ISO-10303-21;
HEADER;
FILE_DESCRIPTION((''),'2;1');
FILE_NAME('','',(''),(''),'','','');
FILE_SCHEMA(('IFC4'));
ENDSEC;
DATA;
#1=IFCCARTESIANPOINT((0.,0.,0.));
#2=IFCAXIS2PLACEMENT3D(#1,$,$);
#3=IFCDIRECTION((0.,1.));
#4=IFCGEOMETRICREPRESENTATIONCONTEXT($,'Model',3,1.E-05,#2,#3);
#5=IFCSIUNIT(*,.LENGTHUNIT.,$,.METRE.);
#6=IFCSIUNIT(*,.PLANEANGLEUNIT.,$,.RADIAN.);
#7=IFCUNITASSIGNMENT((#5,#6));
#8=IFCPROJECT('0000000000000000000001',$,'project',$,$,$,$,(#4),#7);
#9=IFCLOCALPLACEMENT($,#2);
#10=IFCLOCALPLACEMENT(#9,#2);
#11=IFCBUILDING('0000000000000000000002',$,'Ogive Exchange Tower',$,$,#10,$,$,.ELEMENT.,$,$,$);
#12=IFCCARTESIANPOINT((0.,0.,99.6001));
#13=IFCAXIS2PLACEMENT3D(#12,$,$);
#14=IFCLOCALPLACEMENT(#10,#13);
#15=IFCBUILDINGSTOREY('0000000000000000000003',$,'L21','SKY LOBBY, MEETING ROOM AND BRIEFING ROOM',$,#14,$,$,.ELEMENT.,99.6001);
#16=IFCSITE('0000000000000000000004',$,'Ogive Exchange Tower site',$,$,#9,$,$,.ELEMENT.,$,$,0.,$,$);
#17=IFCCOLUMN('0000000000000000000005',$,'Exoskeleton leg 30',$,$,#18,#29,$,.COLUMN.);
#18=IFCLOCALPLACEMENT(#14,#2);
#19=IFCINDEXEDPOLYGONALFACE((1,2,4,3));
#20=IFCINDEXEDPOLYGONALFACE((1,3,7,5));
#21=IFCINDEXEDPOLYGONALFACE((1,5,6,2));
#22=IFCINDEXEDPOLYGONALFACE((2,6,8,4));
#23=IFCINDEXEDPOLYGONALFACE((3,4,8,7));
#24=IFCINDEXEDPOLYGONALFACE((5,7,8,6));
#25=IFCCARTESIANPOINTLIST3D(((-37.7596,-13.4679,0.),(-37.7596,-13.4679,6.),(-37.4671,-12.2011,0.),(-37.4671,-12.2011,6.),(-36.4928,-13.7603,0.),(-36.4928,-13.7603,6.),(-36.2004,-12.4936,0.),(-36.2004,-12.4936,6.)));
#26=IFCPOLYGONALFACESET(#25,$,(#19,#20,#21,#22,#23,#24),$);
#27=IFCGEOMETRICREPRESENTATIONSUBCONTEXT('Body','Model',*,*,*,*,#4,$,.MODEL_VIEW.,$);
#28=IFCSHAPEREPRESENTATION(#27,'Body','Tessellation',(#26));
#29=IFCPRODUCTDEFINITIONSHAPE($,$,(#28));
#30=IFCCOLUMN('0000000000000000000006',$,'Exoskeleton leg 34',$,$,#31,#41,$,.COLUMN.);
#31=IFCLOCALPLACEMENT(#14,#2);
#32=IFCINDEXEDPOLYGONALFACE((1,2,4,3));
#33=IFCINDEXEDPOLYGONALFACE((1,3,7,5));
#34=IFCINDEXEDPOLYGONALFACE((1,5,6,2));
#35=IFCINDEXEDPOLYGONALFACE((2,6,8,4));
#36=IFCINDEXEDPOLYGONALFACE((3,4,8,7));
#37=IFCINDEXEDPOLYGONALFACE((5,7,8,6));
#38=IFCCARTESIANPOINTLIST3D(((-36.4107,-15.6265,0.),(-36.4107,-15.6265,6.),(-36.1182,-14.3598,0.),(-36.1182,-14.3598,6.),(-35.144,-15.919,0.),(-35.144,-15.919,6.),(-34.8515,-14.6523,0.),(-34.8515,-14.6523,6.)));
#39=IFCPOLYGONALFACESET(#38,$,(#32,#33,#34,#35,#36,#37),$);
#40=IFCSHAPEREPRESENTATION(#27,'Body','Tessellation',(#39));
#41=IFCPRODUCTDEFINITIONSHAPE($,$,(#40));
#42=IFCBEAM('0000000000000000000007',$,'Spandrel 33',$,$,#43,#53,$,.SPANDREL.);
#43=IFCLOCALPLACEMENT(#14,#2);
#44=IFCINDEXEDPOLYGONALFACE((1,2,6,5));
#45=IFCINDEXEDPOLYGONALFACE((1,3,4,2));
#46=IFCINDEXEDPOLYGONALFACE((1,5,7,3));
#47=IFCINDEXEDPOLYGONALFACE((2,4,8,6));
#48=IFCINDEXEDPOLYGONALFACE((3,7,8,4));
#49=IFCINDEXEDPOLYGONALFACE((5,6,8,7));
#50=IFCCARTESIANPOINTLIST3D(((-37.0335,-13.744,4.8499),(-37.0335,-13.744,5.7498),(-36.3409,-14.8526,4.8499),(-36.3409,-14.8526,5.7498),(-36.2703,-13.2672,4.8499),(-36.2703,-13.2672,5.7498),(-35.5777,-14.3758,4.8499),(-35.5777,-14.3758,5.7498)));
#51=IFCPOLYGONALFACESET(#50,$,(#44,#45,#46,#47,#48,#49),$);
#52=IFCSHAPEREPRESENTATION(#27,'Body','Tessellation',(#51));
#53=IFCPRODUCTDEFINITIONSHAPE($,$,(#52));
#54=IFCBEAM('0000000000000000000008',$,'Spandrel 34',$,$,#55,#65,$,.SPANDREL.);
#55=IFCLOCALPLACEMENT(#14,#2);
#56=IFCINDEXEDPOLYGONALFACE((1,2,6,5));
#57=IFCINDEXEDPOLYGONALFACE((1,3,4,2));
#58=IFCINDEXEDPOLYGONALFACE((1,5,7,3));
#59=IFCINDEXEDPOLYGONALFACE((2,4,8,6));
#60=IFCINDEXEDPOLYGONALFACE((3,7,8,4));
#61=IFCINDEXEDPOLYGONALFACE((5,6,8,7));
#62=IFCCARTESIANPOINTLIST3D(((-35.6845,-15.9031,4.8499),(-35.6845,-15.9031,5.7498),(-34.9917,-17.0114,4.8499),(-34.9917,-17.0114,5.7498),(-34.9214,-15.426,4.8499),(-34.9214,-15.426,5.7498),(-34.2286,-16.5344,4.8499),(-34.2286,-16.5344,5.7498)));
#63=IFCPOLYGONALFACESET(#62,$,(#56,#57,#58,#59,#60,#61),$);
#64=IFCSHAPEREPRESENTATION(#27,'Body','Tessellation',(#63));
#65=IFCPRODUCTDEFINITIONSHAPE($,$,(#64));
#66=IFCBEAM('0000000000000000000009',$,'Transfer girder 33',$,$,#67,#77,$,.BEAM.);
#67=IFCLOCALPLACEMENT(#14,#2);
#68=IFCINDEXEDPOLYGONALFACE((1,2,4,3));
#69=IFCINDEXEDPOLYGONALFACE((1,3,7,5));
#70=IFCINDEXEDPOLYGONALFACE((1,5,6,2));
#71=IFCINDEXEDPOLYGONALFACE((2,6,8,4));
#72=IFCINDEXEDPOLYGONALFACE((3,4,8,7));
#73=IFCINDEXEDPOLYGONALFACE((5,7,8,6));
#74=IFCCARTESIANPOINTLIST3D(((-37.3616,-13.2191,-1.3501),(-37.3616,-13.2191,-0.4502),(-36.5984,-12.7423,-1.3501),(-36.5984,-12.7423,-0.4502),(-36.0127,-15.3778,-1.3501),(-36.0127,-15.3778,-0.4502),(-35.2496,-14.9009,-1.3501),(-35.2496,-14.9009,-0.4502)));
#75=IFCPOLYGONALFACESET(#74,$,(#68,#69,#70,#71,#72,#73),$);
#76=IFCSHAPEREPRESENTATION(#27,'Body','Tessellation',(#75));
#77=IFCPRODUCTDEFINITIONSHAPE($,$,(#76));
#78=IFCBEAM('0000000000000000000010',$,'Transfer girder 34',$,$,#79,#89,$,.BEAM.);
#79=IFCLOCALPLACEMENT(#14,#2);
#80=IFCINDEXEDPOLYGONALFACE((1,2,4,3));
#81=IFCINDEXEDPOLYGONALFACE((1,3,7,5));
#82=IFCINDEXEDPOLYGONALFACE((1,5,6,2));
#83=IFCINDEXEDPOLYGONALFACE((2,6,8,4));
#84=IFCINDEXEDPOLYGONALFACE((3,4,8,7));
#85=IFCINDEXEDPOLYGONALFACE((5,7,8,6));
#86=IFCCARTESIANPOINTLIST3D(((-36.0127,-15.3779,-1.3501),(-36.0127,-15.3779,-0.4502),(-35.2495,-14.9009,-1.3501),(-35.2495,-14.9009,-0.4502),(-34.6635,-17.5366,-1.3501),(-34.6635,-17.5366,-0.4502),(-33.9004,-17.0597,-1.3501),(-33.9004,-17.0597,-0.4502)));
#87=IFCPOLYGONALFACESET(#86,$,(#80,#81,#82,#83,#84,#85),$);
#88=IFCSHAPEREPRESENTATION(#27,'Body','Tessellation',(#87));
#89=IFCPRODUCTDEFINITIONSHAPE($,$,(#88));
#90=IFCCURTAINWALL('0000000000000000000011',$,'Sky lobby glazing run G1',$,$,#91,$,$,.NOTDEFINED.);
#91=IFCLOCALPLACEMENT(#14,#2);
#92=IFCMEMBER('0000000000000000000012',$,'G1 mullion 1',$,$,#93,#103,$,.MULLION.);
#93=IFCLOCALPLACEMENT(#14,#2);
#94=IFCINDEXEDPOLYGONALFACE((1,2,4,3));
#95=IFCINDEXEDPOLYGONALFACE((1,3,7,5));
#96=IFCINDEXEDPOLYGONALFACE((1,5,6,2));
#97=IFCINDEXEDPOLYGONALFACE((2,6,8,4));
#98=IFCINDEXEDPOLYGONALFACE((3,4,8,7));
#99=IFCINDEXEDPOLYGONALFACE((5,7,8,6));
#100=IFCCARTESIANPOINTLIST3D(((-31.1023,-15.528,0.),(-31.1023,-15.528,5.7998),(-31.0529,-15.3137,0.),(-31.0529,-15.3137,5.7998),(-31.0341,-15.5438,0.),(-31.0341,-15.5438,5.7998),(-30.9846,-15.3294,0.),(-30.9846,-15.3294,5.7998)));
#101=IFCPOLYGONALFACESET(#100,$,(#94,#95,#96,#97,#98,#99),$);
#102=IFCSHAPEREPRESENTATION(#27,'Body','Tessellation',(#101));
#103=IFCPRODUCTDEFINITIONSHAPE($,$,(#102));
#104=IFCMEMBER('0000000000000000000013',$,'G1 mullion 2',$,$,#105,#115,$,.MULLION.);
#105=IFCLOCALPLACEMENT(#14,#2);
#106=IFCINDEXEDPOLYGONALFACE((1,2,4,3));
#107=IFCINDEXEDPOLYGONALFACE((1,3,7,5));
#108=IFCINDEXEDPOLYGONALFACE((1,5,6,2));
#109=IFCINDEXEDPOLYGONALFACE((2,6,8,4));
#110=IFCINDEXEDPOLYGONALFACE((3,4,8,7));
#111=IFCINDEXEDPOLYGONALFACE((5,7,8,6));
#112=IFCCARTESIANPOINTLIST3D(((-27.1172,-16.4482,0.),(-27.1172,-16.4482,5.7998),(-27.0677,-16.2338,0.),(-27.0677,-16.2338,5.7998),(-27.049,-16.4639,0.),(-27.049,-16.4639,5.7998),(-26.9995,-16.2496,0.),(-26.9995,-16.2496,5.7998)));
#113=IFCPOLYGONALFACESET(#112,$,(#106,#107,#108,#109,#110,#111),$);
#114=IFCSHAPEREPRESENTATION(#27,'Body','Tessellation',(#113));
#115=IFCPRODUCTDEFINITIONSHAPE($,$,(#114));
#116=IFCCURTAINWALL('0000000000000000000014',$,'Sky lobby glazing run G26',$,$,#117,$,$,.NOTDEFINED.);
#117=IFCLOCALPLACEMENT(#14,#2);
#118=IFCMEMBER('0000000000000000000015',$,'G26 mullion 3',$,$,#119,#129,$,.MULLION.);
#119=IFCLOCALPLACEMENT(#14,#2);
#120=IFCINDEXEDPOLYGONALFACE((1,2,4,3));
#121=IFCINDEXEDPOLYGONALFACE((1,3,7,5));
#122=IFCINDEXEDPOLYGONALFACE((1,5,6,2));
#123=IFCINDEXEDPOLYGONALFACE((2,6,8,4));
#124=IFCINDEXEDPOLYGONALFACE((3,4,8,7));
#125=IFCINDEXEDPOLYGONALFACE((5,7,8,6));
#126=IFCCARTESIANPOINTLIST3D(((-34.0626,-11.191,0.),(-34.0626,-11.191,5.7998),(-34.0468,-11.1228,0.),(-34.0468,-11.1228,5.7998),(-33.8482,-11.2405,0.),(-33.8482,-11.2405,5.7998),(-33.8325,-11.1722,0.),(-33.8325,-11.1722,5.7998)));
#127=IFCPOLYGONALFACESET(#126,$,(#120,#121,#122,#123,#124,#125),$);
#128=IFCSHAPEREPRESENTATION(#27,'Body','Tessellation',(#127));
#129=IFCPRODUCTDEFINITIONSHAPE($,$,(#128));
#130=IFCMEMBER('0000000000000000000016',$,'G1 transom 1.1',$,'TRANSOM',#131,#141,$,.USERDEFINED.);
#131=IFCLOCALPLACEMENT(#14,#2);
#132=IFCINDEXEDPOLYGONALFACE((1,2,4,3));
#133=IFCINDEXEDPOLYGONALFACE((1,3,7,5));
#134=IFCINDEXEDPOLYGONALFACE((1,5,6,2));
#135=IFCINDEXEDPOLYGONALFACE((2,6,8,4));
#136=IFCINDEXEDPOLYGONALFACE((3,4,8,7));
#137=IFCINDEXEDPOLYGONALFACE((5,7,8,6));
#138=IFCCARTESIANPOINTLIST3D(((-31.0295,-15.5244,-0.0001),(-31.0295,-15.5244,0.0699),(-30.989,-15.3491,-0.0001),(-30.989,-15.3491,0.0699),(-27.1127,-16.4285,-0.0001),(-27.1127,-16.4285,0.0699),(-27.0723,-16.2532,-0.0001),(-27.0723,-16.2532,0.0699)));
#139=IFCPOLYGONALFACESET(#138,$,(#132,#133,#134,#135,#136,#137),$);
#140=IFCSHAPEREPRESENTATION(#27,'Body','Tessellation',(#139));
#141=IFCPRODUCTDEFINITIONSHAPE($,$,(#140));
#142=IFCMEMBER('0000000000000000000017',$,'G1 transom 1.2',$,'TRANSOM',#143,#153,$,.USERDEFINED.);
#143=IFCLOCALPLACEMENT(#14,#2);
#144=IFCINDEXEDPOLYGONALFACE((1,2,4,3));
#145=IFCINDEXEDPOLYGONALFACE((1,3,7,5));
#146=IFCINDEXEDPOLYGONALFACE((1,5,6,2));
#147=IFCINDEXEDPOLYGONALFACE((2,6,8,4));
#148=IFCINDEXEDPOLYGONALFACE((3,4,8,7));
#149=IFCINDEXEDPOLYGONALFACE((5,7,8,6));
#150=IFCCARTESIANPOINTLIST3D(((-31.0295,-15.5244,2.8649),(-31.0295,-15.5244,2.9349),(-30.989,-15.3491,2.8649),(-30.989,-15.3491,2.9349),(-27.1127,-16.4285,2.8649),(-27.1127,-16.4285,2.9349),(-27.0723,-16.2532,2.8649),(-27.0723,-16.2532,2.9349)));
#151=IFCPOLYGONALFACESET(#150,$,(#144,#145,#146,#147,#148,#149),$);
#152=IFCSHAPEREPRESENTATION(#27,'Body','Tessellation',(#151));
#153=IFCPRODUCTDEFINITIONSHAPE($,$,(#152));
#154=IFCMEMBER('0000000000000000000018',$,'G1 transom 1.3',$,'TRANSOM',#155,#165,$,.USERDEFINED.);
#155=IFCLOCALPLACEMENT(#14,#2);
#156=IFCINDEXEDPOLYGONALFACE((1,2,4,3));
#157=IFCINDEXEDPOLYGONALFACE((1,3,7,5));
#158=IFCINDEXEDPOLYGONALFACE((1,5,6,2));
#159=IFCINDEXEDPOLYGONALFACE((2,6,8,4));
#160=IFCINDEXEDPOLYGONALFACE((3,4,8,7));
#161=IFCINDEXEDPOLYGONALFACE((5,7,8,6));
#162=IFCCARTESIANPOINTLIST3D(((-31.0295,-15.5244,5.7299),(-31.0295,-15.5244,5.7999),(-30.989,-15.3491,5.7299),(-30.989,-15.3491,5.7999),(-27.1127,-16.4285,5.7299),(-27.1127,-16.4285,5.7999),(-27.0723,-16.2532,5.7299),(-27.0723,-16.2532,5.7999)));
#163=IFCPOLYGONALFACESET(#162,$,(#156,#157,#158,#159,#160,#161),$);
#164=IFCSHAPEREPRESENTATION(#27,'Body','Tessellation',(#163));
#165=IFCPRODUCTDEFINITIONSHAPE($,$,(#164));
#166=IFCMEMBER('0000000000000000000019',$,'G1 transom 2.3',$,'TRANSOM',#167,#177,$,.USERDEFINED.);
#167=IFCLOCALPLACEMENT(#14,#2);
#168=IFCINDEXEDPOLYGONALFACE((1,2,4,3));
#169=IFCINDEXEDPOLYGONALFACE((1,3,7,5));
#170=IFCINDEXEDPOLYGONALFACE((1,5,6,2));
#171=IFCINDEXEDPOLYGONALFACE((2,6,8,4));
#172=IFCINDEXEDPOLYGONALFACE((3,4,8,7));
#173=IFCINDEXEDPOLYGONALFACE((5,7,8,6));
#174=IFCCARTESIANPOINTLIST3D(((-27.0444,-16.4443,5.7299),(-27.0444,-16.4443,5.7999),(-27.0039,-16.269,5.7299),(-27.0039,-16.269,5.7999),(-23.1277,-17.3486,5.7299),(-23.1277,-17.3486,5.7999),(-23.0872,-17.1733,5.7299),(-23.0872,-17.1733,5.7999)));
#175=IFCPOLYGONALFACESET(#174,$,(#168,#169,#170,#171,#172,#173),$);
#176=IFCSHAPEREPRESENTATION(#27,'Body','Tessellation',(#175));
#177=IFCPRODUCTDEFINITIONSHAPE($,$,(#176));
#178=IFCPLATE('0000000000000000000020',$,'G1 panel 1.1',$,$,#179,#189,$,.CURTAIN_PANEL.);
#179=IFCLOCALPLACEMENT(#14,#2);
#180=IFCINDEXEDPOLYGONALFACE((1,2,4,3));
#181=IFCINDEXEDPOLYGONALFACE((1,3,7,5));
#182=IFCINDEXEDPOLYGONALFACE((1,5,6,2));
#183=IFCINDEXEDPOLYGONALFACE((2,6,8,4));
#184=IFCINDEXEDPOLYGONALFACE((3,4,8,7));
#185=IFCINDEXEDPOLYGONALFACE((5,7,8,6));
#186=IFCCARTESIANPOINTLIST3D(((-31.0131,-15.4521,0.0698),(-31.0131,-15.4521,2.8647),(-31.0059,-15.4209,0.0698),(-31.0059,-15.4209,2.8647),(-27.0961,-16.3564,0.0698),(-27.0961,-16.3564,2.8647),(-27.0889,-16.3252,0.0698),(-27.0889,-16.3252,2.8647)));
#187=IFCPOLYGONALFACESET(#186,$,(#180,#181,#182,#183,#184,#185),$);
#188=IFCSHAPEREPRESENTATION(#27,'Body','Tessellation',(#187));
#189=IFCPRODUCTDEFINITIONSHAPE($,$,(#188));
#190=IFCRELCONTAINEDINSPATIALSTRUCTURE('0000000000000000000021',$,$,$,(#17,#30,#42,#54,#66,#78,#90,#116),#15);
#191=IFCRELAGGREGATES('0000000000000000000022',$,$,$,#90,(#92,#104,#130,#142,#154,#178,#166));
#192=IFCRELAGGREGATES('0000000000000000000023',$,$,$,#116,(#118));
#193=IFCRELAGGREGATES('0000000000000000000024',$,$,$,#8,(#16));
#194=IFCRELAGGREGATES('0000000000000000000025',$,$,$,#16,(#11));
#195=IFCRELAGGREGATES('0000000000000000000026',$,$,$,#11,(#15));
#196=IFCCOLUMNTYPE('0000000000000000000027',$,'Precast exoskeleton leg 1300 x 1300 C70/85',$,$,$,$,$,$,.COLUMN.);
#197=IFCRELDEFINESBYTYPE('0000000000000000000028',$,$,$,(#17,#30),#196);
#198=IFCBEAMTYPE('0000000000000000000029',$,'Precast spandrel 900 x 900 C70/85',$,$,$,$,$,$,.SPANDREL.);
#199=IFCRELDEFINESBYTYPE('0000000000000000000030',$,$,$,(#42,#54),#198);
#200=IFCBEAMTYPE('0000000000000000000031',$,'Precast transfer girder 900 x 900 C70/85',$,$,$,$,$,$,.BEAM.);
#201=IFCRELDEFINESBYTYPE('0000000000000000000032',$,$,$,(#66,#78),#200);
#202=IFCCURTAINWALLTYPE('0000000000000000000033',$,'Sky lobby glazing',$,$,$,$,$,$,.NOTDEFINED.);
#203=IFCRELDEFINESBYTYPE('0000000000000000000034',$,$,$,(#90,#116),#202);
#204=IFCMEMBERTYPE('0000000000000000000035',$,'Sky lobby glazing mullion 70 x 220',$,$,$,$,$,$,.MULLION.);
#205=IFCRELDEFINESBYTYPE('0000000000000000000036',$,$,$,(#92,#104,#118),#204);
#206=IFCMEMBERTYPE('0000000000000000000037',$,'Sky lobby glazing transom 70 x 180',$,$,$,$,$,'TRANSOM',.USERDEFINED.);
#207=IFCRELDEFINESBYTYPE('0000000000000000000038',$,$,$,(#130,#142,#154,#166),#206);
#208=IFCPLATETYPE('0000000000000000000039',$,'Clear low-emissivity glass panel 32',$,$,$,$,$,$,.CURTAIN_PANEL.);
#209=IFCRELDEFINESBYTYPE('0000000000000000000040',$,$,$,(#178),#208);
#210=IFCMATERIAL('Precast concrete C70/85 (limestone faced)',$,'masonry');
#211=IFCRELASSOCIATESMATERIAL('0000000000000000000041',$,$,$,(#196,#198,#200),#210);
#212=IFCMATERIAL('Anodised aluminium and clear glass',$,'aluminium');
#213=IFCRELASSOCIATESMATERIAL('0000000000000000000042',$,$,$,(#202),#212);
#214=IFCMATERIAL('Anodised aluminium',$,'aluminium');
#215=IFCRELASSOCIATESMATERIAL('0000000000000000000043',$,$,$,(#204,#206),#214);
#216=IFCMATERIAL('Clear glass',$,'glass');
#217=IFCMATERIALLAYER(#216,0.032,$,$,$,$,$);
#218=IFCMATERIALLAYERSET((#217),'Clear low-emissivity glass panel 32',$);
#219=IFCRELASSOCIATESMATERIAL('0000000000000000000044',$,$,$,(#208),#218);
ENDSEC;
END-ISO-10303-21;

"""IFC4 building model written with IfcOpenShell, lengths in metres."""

from ifc_helpers import new_model, si_unit, direction, frame, origin, origin_2d, place, context, subcontext, project, spatial, rectangle, extrude, material, layer, layer_set, material_profile, profile_set, type_object, element, aggregate, save


model = new_model("IFC4")

# Units and contexts
model_context = context("Model", 3, precision=1e-05, world=origin(), true_north=direction((0.0, 1.0)))
body_context = subcontext(model_context, "Body", "Model", "MODEL_VIEW")
ifc_project = project(units=[si_unit("LENGTHUNIT", "METRE"), si_unit("PLANEANGLEUNIT", "RADIAN")], contexts=[model_context])

# Site, building, storey
site_placement = place(None, origin())
site = spatial("IfcSite", under=ifc_project, at=site_placement, Name="Ogive Exchange Tower site", CompositionType="ELEMENT", RefElevation=0.0)
building_placement = place(site_placement, origin())
building = spatial("IfcBuilding", under=site, at=building_placement, Name="Ogive Exchange Tower", CompositionType="ELEMENT")
storey_placement = place(building_placement, frame((0.0, 0.0, 99.6001)))
storey = spatial("IfcBuildingStorey", under=building, at=storey_placement, Name="L21", Description="SKY LOBBY, MEETING ROOM AND BRIEFING ROOM", CompositionType="ELEMENT", Elevation=99.6001)

# Columns
ifc_material_1 = material(Name="Precast concrete C70/85 (limestone faced)", Category="masonry")
ifc_material_profile_1 = material_profile(ifc_material_1, rectangle(XDim=1.3, YDim=1.3, at=origin_2d()), Name="1300 x 1300")
ifc_profile_set_1 = profile_set([ifc_material_profile_1], Name="Precast concrete C70/85 (limestone faced)")
column_type = type_object("IfcColumnType", Name="Precast exoskeleton leg 1300 x 1300 C70/85", PredefinedType="COLUMN", material=ifc_profile_set_1)
for number, where, z_axis, x_axis, name in (
    (1, (-36.98, -12.9807, 0.0), (0.0, 0.0, 1.0), (0.97437, -0.224951, 0.0), "Exoskeleton leg 30"),
    (2, (-35.6311, -15.1394, 0.0), (0.0, 0.0, 1.0), (0.97437, -0.224951, 0.0), "Exoskeleton leg 34"),
):
    element("IfcColumn", number, at=place(storey_placement, frame(where, z_axis=z_axis, x_axis=x_axis)), inside=storey, type_object=column_type, Name=name, PredefinedType="COLUMN", context=body_context, shape_type="SweptSolid", body=[
        extrude(rectangle(XDim=1.3, YDim=1.3, at=origin_2d()), origin(), (0.0, 0.0, 1.0), 6.0),
    ])

# Beams
ifc_material_profile_2 = material_profile(ifc_material_1, rectangle(XDim=0.8999, YDim=0.8999, at=origin_2d()), Name="900 x 900")
ifc_profile_set_2 = profile_set([ifc_material_profile_2], Name="Precast concrete C70/85 (limestone faced)")
beam_type_1 = type_object("IfcBeamType", Name="Precast spandrel 900 x 900 C70/85", PredefinedType="SPANDREL", material=ifc_profile_set_2)
for number, where, z_axis, x_axis, name in (
    (3, (-36.6519, -13.5056, 5.2998), (0.529848, -0.848093, 0.0), (0.848093, 0.529848, 0.0), "Spandrel 33"),
    (4, (-35.303, -15.6646, 5.2998), (0.530066, -0.847956, 0.0), (0.847956, 0.530066, 0.0), "Spandrel 34"),
):
    element("IfcBeam", number, at=place(storey_placement, frame(where, z_axis=z_axis, x_axis=x_axis)), inside=storey, type_object=beam_type_1, Name=name, PredefinedType="SPANDREL", context=body_context, shape_type="SweptSolid", body=[
        extrude(rectangle(XDim=0.8999, YDim=0.8999, at=origin_2d()), origin(), (0.0, 0.0, 1.0), 1.3071),
    ])
ifc_material_profile_3 = material_profile(ifc_material_1, rectangle(XDim=0.8999, YDim=0.8999, at=origin_2d()), Name="900 x 900")
ifc_profile_set_3 = profile_set([ifc_material_profile_3], Name="Precast concrete C70/85 (limestone faced)")
beam_type_2 = type_object("IfcBeamType", Name="Precast transfer girder 900 x 900 C70/85", PredefinedType="BEAM", material=ifc_profile_set_3)
beam_1_placement = place(storey_placement, frame((-36.98, -12.9807, -0.9001), z_axis=(0.529913, -0.848052, 0.0), x_axis=(0.848052, 0.529913, 0.0)))
element("IfcBeam", 5, at=beam_1_placement, inside=storey, type_object=beam_type_2, Name="Transfer girder 33", PredefinedType="BEAM", context=body_context, shape_type="SweptSolid", body=[
    extrude(rectangle(XDim=0.8999, YDim=0.8999, at=origin_2d()), origin(), (0.0, 0.0, 1.0), 2.5454),
])
beam_2_placement = place(storey_placement, frame((-35.6311, -15.1394, -0.9001), z_axis=(0.529982, -0.848009, 0.0), x_axis=(0.848009, 0.529982, 0.0)))
element("IfcBeam", 6, at=beam_2_placement, inside=storey, type_object=beam_type_2, Name="Transfer girder 34", PredefinedType="BEAM", context=body_context, shape_type="SweptSolid", body=[
    extrude(rectangle(XDim=0.8999, YDim=0.8999, at=origin_2d()), origin(), (0.0, 0.0, 1.0), 2.5457),
])

# Curtain wall, members
ifc_material_2 = material(Name="Anodised aluminium and clear glass", Category="aluminium")
curtain_wall_type = type_object("IfcCurtainWallType", Name="Sky lobby glazing", PredefinedType="NOTDEFINED", material=ifc_material_2)
curtain_wall_1_placement = place(storey_placement, origin())
curtain_wall_1 = element("IfcCurtainWall", 7, at=curtain_wall_1_placement, inside=storey, type_object=curtain_wall_type, Name="Sky lobby glazing run G1", PredefinedType="NOTDEFINED")
ifc_material_3 = material(Name="Anodised aluminium", Category="aluminium")
ifc_material_profile_4 = material_profile(ifc_material_3, rectangle(XDim=0.22, YDim=0.0701, at=origin_2d()), Name="AL 70x220")
ifc_profile_set_4 = profile_set([ifc_material_profile_4], Name="Anodised aluminium")
member_type_1 = type_object("IfcMemberType", Name="Sky lobby glazing mullion 70 x 220", PredefinedType="MULLION", material=ifc_profile_set_4)
member_1_placement = place(storey_placement, frame((-31.0435, -15.4287, 0.0), z_axis=(0.0, 0.0, 1.0), x_axis=(0.224947, 0.974371, 0.0)))
member_1 = element("IfcMember", 8, at=member_1_placement, type_object=member_type_1, Name="G1 mullion 1", PredefinedType="MULLION", context=body_context, shape_type="SweptSolid", body=[
    extrude(rectangle(XDim=0.22, YDim=0.0701, at=origin_2d()), origin(), (0.0, 0.0, 1.0), 5.7998),
])
member_2_placement = place(storey_placement, frame((-27.0583, -16.3489, 0.0), z_axis=(0.0, 0.0, 1.0), x_axis=(0.224947, 0.974371, 0.0)))
member_2 = element("IfcMember", 9, at=member_2_placement, type_object=member_type_1, Name="G1 mullion 2", PredefinedType="MULLION", context=body_context, shape_type="SweptSolid", body=[
    extrude(rectangle(XDim=0.22, YDim=0.0701, at=origin_2d()), origin(), (0.0, 0.0, 1.0), 5.7998),
])

# Curtain wall, member
curtain_wall_2_placement = place(storey_placement, origin())
curtain_wall_2 = element("IfcCurtainWall", 10, at=curtain_wall_2_placement, inside=storey, type_object=curtain_wall_type, Name="Sky lobby glazing run G26", PredefinedType="NOTDEFINED")
member_3_placement = place(storey_placement, frame((-33.9475, -11.1816, 0.0), z_axis=(0.0, 0.0, 1.0), x_axis=(0.974369, -0.224957, 0.0)))
member_3 = element("IfcMember", 11, at=member_3_placement, type_object=member_type_1, Name="G26 mullion 3", PredefinedType="MULLION", context=body_context, shape_type="SweptSolid", body=[
    extrude(rectangle(XDim=0.22, YDim=0.0701, at=origin_2d()), origin(), (0.0, 0.0, 1.0), 5.7998),
])

# Members
ifc_material_profile_5 = material_profile(ifc_material_3, rectangle(XDim=0.1799, YDim=0.0701, at=origin_2d()), Name="AL 70x180")
ifc_profile_set_5 = profile_set([ifc_material_profile_5], Name="Anodised aluminium")
member_type_2 = type_object("IfcMemberType", Name="Sky lobby glazing transom 70 x 180", ElementType="TRANSOM", PredefinedType="USERDEFINED", material=ifc_profile_set_5)
member_4_placement = place(storey_placement, frame((-31.0093, -15.4368, 0.0349), z_axis=(0.974381, -0.224904, 0.0), x_axis=(0.224904, 0.974381, 0.0)))
member_4 = element("IfcMember", 12, at=member_4_placement, type_object=member_type_2, Name="G1 transom 1.1", ObjectType="TRANSOM", PredefinedType="USERDEFINED", context=body_context, shape_type="SweptSolid", body=[
    extrude(rectangle(XDim=0.1799, YDim=0.0701, at=origin_2d()), origin(), (0.0, 0.0, 1.0), 4.0198),
])
member_5_placement = place(storey_placement, frame((-31.0093, -15.4368, 2.8999), z_axis=(0.974381, -0.224904, 0.0), x_axis=(0.224904, 0.974381, 0.0)))
member_5 = element("IfcMember", 13, at=member_5_placement, type_object=member_type_2, Name="G1 transom 1.2", ObjectType="TRANSOM", PredefinedType="USERDEFINED", context=body_context, shape_type="SweptSolid", body=[
    extrude(rectangle(XDim=0.1799, YDim=0.0701, at=origin_2d()), origin(), (0.0, 0.0, 1.0), 4.0198),
])
member_6_placement = place(storey_placement, frame((-31.0093, -15.4368, 5.7649), z_axis=(0.974381, -0.224904, 0.0), x_axis=(0.224904, 0.974381, 0.0)))
member_6 = element("IfcMember", 14, at=member_6_placement, type_object=member_type_2, Name="G1 transom 1.3", ObjectType="TRANSOM", PredefinedType="USERDEFINED", context=body_context, shape_type="SweptSolid", body=[
    extrude(rectangle(XDim=0.1799, YDim=0.0701, at=origin_2d()), origin(), (0.0, 0.0, 1.0), 4.0198),
])
member_7_placement = place(storey_placement, frame((-27.0242, -16.3567, 5.7649), z_axis=(0.974368, -0.224962, 0.0), x_axis=(0.224962, 0.974368, 0.0)))
member_7 = element("IfcMember", 15, at=member_7_placement, type_object=member_type_2, Name="G1 transom 2.3", ObjectType="TRANSOM", PredefinedType="USERDEFINED", context=body_context, shape_type="SweptSolid", body=[
    extrude(rectangle(XDim=0.1799, YDim=0.0701, at=origin_2d()), origin(), (0.0, 0.0, 1.0), 4.0198),
])

# Plate
ifc_material_4 = material(Name="Clear glass", Category="glass")
ifc_layer_1 = layer(ifc_material_4, 0.032)
ifc_layer_set_1 = layer_set([ifc_layer_1], Name="Clear low-emissivity glass panel 32")
plate_type = type_object("IfcPlateType", Name="Clear low-emissivity glass panel 32", PredefinedType="CURTAIN_PANEL", material=ifc_layer_set_1)
plate_1_placement = place(storey_placement, frame((-29.051, -15.8887, 0.0698), z_axis=(0.0, 0.0, 1.0), x_axis=(0.974371, -0.224947, 0.0)))
plate_1 = element("IfcPlate", 16, at=plate_1_placement, type_object=plate_type, Name="G1 panel 1.1", PredefinedType="CURTAIN_PANEL", context=body_context, shape_type="SweptSolid", body=[
    extrude(rectangle(XDim=4.02, YDim=0.032, at=origin_2d()), origin(), (0.0, 0.0, 1.0), 2.7949),
])
aggregate(curtain_wall_1, [member_1, member_2, member_4, member_5, member_6, plate_1, member_7])
aggregate(curtain_wall_2, [member_3])

save(model, "model.ifc")
